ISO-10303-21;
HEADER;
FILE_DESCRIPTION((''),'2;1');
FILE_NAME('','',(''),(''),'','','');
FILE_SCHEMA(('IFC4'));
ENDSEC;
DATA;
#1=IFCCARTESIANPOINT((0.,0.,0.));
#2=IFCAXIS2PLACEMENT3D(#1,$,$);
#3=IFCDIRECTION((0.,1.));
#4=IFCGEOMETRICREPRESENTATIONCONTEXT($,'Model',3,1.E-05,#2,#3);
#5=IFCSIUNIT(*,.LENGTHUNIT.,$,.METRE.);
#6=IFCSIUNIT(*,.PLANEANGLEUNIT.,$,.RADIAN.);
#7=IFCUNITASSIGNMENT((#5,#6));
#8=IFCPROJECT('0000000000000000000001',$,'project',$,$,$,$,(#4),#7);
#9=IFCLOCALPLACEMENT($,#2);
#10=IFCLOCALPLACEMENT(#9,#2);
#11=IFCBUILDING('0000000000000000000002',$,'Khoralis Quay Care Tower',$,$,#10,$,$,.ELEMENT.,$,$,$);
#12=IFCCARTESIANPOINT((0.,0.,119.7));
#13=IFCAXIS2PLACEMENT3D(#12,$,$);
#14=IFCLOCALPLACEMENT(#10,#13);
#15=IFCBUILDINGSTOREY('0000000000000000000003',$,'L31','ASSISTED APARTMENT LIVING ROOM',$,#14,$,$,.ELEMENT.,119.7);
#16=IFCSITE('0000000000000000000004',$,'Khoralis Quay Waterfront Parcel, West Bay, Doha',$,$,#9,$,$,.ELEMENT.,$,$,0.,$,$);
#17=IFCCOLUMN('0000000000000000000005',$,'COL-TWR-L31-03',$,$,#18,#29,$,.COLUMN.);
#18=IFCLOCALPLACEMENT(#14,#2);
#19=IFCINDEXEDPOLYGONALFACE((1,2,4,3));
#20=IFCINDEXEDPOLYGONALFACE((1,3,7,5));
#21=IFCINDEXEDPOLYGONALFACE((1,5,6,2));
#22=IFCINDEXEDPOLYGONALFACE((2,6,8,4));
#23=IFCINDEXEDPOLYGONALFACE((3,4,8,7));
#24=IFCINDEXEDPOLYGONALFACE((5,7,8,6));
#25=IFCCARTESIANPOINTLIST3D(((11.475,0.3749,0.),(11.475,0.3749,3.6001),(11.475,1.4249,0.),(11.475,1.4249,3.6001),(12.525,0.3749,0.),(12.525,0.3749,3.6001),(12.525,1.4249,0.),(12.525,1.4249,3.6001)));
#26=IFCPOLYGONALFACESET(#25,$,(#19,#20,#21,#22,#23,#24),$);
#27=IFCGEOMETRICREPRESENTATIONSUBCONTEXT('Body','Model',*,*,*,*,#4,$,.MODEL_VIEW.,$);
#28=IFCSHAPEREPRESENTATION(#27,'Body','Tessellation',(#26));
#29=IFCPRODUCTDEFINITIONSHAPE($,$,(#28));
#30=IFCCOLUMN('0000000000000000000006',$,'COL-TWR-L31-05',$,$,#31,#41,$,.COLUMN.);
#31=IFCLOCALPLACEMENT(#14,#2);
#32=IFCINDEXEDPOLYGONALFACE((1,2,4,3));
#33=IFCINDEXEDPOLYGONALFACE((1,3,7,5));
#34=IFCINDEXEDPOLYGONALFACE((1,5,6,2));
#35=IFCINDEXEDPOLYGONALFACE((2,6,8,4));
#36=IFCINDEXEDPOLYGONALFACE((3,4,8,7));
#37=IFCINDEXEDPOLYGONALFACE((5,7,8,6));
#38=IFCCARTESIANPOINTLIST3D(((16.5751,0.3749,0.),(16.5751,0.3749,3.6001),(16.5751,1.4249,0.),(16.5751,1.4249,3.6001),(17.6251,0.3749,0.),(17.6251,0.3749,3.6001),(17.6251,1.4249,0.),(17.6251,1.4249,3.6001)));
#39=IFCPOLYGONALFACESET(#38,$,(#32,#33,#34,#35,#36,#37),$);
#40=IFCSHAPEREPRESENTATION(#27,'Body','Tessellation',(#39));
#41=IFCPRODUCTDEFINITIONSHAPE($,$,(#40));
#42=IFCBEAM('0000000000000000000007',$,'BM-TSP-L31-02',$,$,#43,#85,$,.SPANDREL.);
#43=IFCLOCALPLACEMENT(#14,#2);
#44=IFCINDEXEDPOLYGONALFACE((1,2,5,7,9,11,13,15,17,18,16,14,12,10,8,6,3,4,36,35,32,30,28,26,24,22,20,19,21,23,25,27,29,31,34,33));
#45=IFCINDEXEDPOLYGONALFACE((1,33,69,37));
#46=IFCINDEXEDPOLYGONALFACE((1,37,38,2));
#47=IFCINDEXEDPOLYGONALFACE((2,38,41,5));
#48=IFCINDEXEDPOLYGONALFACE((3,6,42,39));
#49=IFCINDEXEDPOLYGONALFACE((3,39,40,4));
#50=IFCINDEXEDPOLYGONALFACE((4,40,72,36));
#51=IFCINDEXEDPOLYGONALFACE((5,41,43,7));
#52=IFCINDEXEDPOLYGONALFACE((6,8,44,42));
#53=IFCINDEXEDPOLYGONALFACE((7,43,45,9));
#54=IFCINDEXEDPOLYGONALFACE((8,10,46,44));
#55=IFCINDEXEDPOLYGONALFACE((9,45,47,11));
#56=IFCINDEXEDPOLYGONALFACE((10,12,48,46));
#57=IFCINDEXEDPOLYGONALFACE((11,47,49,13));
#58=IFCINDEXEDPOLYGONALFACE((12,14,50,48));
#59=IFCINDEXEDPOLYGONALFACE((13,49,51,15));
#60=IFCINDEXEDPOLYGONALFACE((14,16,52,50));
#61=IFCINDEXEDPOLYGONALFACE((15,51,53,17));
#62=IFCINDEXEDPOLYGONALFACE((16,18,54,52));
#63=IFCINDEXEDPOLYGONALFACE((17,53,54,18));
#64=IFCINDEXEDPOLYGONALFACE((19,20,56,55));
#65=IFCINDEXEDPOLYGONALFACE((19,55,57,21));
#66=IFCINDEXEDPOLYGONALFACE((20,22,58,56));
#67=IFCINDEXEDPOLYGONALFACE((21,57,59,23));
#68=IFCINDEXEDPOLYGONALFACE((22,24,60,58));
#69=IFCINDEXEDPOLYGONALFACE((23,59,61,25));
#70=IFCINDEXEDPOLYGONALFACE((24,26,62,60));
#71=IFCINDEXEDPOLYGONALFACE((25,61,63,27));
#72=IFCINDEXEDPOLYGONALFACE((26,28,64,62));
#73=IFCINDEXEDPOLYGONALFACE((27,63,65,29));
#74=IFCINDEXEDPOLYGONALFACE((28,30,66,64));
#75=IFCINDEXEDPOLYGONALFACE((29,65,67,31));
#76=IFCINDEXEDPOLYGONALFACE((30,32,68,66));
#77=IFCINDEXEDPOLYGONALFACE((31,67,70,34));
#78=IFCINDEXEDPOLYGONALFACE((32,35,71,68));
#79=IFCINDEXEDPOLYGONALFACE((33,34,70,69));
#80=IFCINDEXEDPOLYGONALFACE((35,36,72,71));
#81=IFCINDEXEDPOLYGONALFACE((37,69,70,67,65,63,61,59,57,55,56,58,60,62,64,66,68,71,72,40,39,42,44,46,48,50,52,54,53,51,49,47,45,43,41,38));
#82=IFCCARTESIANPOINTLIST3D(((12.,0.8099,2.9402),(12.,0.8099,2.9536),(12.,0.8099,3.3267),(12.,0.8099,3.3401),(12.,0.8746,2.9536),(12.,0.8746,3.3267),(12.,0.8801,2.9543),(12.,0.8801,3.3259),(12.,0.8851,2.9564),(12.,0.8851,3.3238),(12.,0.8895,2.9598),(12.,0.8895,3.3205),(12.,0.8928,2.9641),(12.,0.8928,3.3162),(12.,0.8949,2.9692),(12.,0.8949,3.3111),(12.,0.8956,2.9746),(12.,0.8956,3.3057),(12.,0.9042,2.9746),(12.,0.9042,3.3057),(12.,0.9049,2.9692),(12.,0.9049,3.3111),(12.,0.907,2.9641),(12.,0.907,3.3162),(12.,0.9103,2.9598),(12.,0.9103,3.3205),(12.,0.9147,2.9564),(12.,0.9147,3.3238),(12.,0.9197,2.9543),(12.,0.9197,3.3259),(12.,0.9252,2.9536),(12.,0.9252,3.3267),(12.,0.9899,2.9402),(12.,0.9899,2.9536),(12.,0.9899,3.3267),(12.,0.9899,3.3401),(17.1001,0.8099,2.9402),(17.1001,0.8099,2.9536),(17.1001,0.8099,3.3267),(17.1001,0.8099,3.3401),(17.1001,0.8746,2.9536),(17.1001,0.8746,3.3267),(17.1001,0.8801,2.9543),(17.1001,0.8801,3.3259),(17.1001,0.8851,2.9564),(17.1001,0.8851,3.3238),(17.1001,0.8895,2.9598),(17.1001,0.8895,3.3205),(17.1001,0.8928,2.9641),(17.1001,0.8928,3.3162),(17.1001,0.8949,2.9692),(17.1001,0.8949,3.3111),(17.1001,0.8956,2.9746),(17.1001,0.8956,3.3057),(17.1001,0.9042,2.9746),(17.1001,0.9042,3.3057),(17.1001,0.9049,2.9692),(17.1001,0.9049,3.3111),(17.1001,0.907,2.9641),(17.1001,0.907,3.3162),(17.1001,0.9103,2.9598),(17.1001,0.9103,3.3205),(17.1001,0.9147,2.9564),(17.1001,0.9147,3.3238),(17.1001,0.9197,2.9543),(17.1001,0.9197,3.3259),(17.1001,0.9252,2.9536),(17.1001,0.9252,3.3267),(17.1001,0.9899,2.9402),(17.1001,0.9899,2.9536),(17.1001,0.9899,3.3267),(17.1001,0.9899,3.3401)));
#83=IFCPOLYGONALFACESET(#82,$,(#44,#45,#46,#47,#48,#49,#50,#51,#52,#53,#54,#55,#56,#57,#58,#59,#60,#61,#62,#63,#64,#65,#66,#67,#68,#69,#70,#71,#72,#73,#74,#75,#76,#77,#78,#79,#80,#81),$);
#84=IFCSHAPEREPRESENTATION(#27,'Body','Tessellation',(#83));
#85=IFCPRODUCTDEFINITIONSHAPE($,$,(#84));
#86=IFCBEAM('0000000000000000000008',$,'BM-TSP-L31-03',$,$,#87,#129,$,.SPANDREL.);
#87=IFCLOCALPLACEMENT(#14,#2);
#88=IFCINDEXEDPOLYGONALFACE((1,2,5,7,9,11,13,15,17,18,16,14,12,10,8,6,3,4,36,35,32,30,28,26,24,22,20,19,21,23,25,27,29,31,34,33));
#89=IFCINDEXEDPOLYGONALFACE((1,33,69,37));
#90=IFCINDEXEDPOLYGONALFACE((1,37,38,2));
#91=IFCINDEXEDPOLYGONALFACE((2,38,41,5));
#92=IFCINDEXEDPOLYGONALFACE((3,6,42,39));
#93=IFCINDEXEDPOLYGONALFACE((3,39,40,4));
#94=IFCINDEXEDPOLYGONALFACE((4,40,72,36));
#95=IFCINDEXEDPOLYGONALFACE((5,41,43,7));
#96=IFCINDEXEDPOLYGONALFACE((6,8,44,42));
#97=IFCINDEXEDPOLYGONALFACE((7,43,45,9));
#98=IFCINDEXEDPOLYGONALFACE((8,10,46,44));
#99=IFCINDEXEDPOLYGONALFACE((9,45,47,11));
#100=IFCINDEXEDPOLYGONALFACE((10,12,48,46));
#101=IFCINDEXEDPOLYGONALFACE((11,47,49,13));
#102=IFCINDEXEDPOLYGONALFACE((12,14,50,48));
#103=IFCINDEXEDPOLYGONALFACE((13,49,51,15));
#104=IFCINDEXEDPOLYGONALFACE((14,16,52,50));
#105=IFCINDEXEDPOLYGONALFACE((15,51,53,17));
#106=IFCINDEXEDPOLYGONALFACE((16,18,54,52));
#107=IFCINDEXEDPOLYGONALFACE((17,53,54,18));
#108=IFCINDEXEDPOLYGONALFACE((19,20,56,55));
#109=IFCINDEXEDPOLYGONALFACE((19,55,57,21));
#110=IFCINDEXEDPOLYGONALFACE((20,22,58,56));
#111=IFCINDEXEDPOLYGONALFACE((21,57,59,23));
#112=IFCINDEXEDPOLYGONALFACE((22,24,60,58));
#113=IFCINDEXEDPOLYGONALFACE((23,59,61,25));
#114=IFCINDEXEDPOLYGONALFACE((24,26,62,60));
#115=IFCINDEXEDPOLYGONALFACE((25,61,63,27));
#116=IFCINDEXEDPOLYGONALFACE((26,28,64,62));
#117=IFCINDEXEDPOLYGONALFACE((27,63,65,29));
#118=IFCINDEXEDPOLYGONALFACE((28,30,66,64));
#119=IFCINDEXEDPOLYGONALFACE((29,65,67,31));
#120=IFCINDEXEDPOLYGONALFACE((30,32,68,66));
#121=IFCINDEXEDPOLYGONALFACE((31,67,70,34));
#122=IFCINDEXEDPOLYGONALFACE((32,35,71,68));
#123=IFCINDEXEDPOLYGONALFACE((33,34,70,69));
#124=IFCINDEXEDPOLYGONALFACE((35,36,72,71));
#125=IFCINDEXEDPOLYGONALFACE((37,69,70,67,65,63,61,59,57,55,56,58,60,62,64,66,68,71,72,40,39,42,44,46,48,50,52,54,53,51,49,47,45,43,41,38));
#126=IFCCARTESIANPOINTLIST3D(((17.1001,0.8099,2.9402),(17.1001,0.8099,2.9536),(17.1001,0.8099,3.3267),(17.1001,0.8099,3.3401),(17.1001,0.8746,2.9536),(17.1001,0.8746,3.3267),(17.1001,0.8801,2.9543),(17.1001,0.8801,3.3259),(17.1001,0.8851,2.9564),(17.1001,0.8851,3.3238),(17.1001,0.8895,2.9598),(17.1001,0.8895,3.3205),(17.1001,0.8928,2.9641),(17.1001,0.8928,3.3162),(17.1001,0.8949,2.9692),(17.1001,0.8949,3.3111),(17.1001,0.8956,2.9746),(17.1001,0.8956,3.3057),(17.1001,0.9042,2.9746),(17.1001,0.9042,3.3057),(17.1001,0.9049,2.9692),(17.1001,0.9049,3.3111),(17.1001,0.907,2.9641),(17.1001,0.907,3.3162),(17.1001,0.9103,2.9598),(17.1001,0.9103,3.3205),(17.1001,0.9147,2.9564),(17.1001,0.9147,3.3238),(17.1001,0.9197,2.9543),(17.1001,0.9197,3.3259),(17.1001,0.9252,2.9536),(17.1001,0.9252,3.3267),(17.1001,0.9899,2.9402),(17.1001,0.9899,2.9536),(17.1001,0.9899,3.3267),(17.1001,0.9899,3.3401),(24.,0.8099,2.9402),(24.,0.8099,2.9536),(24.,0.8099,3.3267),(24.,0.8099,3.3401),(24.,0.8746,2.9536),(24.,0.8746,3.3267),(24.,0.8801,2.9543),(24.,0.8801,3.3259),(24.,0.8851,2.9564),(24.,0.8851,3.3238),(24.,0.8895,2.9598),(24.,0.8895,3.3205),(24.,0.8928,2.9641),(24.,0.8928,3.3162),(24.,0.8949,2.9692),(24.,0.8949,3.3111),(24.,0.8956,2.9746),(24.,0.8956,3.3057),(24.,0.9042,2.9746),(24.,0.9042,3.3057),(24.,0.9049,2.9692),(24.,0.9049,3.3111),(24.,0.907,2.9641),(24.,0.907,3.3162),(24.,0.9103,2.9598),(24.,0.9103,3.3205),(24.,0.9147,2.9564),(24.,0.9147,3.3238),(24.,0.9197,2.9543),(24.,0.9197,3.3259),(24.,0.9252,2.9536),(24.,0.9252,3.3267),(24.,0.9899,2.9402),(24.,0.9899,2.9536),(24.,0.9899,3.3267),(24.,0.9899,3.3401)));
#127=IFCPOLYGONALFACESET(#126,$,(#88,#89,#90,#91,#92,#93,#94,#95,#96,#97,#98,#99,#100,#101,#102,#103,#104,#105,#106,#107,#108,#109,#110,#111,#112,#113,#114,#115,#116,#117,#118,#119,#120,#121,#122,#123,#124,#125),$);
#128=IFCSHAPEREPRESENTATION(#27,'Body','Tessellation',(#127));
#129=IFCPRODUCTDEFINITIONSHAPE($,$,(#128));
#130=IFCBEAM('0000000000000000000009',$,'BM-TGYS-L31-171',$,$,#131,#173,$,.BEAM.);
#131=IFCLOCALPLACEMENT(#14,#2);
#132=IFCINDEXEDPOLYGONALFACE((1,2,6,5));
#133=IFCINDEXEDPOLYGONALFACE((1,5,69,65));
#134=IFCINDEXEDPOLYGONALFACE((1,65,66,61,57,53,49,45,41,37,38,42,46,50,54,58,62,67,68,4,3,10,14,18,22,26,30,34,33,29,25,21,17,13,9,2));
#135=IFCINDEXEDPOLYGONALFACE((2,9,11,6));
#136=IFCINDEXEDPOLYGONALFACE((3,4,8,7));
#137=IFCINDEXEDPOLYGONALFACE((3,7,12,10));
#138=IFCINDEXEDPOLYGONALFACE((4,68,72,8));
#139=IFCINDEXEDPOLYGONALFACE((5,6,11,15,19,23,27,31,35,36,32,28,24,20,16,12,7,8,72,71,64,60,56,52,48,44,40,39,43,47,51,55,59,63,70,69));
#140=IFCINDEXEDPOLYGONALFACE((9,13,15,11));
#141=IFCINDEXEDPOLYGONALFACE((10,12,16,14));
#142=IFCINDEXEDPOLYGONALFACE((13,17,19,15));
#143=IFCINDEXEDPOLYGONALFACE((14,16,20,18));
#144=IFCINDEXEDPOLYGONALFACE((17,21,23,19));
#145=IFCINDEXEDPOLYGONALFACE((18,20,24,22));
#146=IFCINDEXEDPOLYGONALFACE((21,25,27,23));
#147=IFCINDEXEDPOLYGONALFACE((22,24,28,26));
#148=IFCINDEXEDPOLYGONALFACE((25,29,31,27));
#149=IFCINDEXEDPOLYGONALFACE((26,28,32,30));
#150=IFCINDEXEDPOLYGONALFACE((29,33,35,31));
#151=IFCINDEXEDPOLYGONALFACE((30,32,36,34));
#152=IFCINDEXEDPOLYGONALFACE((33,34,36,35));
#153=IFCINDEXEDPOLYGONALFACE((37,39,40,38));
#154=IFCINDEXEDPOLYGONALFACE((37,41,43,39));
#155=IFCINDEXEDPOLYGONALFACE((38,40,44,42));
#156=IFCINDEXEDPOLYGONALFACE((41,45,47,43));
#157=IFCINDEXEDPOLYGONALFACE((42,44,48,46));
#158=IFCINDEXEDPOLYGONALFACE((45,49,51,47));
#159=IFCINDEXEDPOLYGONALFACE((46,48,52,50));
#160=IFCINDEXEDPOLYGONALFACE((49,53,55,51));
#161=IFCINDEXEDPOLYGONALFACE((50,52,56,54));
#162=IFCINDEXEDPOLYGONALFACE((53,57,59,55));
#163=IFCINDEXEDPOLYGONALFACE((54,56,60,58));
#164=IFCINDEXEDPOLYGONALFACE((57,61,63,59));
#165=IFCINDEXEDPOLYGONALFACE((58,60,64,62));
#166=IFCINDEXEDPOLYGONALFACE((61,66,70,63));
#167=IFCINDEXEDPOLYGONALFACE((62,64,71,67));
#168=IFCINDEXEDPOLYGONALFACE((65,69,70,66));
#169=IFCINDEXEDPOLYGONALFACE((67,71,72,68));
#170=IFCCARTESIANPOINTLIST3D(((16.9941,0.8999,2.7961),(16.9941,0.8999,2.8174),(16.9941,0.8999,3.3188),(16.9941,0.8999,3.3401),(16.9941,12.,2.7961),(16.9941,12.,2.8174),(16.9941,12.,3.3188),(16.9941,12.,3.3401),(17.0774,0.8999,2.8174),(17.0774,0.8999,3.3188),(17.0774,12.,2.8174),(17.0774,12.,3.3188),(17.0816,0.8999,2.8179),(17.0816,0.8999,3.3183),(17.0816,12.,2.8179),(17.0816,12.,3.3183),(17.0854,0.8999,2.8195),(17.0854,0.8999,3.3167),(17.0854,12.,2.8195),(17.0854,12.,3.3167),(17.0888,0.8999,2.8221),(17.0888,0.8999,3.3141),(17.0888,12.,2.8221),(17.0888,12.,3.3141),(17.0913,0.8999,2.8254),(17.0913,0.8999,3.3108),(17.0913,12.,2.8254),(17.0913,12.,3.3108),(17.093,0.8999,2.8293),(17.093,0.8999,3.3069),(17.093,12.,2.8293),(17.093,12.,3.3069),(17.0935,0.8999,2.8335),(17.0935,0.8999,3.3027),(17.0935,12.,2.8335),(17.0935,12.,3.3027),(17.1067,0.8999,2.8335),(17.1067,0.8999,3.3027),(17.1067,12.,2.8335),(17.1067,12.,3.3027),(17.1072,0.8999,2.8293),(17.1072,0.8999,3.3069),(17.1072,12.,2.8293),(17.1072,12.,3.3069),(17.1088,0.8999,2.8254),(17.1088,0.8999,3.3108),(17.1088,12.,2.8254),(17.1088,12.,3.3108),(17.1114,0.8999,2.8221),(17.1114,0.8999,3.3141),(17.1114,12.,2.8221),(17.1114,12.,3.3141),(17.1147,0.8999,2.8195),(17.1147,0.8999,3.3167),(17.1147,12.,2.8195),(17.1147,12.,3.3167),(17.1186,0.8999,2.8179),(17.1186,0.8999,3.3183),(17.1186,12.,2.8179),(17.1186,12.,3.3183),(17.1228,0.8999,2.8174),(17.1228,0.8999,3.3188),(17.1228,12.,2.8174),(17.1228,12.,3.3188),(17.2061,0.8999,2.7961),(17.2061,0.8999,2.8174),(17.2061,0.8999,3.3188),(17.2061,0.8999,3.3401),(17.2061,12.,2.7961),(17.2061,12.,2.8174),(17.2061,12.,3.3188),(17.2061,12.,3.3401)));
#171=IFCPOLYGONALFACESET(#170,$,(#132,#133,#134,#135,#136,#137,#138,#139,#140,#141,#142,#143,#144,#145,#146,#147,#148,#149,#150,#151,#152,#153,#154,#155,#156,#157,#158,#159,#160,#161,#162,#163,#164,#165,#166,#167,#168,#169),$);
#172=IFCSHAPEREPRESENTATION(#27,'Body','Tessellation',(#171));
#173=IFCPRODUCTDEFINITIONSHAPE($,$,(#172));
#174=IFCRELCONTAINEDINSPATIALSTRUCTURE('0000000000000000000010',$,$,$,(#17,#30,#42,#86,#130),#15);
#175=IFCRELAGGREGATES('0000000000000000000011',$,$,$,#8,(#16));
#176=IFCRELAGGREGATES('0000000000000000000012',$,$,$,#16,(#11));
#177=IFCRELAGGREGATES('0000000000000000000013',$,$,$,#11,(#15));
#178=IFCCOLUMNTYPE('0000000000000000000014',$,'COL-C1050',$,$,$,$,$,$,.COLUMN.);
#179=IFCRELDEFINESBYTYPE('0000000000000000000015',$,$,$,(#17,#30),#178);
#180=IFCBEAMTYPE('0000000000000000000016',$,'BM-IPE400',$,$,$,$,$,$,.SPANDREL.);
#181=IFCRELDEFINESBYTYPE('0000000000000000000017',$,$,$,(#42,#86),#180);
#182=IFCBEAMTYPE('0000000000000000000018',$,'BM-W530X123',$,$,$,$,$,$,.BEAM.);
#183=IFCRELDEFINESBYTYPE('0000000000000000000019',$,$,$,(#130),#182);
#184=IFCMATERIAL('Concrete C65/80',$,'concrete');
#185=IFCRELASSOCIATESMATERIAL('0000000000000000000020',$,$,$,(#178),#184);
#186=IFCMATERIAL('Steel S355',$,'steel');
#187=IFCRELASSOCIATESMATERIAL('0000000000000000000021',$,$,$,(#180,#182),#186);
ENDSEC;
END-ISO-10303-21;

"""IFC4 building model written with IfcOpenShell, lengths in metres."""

from ifc_helpers import new_model, si_unit, direction, frame, origin, origin_2d, place, context, subcontext, project, spatial, rectangle, i_section, extrude, source, transform, mapped, material, material_profile, profile_set, type_object, element, save


model = new_model("IFC4")

# Units and contexts
model_context = context("Model", 3, precision=1e-05, world=origin(), true_north=direction((0.0, 1.0)))
body_context = subcontext(model_context, "Body", "Model", "MODEL_VIEW")
ifc_project = project(units=[si_unit("LENGTHUNIT", "METRE"), si_unit("PLANEANGLEUNIT", "RADIAN")], contexts=[model_context])

# Site, building, storey
site_placement = place(None, origin())
site = spatial("IfcSite", under=ifc_project, at=site_placement, Name="Khoralis Quay Waterfront Parcel, West Bay, Doha", CompositionType="ELEMENT", RefElevation=0.0)
building_placement = place(site_placement, origin())
building = spatial("IfcBuilding", under=site, at=building_placement, Name="Khoralis Quay Care Tower", CompositionType="ELEMENT")
storey_placement = place(building_placement, frame((0.0, 0.0, 119.7)))
storey = spatial("IfcBuildingStorey", under=building, at=storey_placement, Name="L31", Description="ASSISTED APARTMENT LIVING ROOM", CompositionType="ELEMENT", Elevation=119.7)

# Columns
ifc_material_1 = material(Name="Concrete C65/80", Category="concrete")
ifc_material_profile_1 = material_profile(ifc_material_1, rectangle(XDim=1.05, YDim=1.05, at=origin_2d()), Name="Concrete C65/80")
ifc_profile_set_1 = profile_set([ifc_material_profile_1], Name="Concrete C65/80")
column_type = type_object("IfcColumnType", Name="COL-C1050", PredefinedType="COLUMN", material=ifc_profile_set_1)
shared_shape_1 = source(origin(), body_context, "Body", "SweptSolid", [
    extrude(rectangle(XDim=1.05, YDim=1.05, at=origin_2d()), origin(), (0.0, 0.0, 1.0), 3.6001),
])
for number, where, z_axis, x_axis, name in (
    (1, (12.0, 0.8999, 0.0), (0.0, 0.0, 1.0), (1.0, 0.0, 0.0), "COL-TWR-L31-03"),
    (2, (17.1001, 0.8999, 0.0), (0.0, 0.0, 1.0), (1.0, 0.0, 0.0), "COL-TWR-L31-05"),
):
    element("IfcColumn", number, at=place(storey_placement, frame(where, z_axis=z_axis, x_axis=x_axis)), inside=storey, type_object=column_type, Name=name, PredefinedType="COLUMN", context=body_context, shape_type="MappedRepresentation", body=[
        mapped(shared_shape_1, transform((0.0, 0.0, 0.0), scale=1.0)),
    ])

# Beams
ifc_material_2 = material(Name="Steel S355", Category="steel")
ifc_material_profile_2 = material_profile(ifc_material_2, i_section(OverallWidth=0.1799, OverallDepth=0.3999, WebThickness=0.0085, FlangeThickness=0.0134, FilletRadius=0.021, at=origin_2d()), Name="Steel S355")
ifc_profile_set_2 = profile_set([ifc_material_profile_2], Name="Steel S355")
beam_type_1 = type_object("IfcBeamType", Name="BM-IPE400", PredefinedType="SPANDREL", material=ifc_profile_set_2)
shared_shape_2 = source(origin(), body_context, "Body", "SweptSolid", [
    extrude(i_section(OverallWidth=0.1799, OverallDepth=0.3999, WebThickness=0.0085, FlangeThickness=0.0134, FilletRadius=0.021, at=origin_2d()), origin(), (0.0, 0.0, 1.0), 5.1001),
])
beam_1_placement = place(storey_placement, frame((12.0, 0.8999, 3.1401), z_axis=(1.0, 0.0, 0.0), x_axis=(0.0, 1.0, 0.0)))
element("IfcBeam", 3, at=beam_1_placement, inside=storey, type_object=beam_type_1, Name="BM-TSP-L31-02", PredefinedType="SPANDREL", context=body_context, shape_type="MappedRepresentation", body=[
    mapped(shared_shape_2, transform((0.0, 0.0, 0.0), scale=1.0)),
])
shared_shape_3 = source(origin(), body_context, "Body", "SweptSolid", [
    extrude(i_section(OverallWidth=0.1799, OverallDepth=0.3999, WebThickness=0.0085, FlangeThickness=0.0134, FilletRadius=0.021, at=origin_2d()), origin(), (0.0, 0.0, 1.0), 6.8999),
])
beam_2_placement = place(storey_placement, frame((17.1001, 0.8999, 3.1401), z_axis=(1.0, 0.0, 0.0), x_axis=(0.0, 1.0, 0.0)))
element("IfcBeam", 4, at=beam_2_placement, inside=storey, type_object=beam_type_1, Name="BM-TSP-L31-03", PredefinedType="SPANDREL", context=body_context, shape_type="MappedRepresentation", body=[
    mapped(shared_shape_3, transform((0.0, 0.0, 0.0), scale=1.0)),
])
ifc_material_profile_3 = material_profile(ifc_material_2, i_section(OverallWidth=0.2119, OverallDepth=0.5439, WebThickness=0.0132, FlangeThickness=0.0212, FilletRadius=0.0161, at=origin_2d()), Name="Steel S355")
ifc_profile_set_3 = profile_set([ifc_material_profile_3], Name="Steel S355")
beam_type_2 = type_object("IfcBeamType", Name="BM-W530X123", PredefinedType="BEAM", material=ifc_profile_set_3)
shared_shape_4 = source(origin(), body_context, "Body", "SweptSolid", [
    extrude(i_section(OverallWidth=0.2119, OverallDepth=0.5439, WebThickness=0.0132, FlangeThickness=0.0212, FilletRadius=0.0161, at=origin_2d()), origin(), (0.0, 0.0, 1.0), 11.1001),
])
beam_3_placement = place(storey_placement, frame((17.1001, 0.8999, 3.0681), z_axis=(0.0, 1.0, 0.0), x_axis=(-1.0, 0.0, 0.0)))
element("IfcBeam", 5, at=beam_3_placement, inside=storey, type_object=beam_type_2, Name="BM-TGYS-L31-171", PredefinedType="BEAM", context=body_context, shape_type="MappedRepresentation", body=[
    mapped(shared_shape_4, transform((0.0, 0.0, 0.0), scale=1.0)),
])

save(model, "model.ifc")
